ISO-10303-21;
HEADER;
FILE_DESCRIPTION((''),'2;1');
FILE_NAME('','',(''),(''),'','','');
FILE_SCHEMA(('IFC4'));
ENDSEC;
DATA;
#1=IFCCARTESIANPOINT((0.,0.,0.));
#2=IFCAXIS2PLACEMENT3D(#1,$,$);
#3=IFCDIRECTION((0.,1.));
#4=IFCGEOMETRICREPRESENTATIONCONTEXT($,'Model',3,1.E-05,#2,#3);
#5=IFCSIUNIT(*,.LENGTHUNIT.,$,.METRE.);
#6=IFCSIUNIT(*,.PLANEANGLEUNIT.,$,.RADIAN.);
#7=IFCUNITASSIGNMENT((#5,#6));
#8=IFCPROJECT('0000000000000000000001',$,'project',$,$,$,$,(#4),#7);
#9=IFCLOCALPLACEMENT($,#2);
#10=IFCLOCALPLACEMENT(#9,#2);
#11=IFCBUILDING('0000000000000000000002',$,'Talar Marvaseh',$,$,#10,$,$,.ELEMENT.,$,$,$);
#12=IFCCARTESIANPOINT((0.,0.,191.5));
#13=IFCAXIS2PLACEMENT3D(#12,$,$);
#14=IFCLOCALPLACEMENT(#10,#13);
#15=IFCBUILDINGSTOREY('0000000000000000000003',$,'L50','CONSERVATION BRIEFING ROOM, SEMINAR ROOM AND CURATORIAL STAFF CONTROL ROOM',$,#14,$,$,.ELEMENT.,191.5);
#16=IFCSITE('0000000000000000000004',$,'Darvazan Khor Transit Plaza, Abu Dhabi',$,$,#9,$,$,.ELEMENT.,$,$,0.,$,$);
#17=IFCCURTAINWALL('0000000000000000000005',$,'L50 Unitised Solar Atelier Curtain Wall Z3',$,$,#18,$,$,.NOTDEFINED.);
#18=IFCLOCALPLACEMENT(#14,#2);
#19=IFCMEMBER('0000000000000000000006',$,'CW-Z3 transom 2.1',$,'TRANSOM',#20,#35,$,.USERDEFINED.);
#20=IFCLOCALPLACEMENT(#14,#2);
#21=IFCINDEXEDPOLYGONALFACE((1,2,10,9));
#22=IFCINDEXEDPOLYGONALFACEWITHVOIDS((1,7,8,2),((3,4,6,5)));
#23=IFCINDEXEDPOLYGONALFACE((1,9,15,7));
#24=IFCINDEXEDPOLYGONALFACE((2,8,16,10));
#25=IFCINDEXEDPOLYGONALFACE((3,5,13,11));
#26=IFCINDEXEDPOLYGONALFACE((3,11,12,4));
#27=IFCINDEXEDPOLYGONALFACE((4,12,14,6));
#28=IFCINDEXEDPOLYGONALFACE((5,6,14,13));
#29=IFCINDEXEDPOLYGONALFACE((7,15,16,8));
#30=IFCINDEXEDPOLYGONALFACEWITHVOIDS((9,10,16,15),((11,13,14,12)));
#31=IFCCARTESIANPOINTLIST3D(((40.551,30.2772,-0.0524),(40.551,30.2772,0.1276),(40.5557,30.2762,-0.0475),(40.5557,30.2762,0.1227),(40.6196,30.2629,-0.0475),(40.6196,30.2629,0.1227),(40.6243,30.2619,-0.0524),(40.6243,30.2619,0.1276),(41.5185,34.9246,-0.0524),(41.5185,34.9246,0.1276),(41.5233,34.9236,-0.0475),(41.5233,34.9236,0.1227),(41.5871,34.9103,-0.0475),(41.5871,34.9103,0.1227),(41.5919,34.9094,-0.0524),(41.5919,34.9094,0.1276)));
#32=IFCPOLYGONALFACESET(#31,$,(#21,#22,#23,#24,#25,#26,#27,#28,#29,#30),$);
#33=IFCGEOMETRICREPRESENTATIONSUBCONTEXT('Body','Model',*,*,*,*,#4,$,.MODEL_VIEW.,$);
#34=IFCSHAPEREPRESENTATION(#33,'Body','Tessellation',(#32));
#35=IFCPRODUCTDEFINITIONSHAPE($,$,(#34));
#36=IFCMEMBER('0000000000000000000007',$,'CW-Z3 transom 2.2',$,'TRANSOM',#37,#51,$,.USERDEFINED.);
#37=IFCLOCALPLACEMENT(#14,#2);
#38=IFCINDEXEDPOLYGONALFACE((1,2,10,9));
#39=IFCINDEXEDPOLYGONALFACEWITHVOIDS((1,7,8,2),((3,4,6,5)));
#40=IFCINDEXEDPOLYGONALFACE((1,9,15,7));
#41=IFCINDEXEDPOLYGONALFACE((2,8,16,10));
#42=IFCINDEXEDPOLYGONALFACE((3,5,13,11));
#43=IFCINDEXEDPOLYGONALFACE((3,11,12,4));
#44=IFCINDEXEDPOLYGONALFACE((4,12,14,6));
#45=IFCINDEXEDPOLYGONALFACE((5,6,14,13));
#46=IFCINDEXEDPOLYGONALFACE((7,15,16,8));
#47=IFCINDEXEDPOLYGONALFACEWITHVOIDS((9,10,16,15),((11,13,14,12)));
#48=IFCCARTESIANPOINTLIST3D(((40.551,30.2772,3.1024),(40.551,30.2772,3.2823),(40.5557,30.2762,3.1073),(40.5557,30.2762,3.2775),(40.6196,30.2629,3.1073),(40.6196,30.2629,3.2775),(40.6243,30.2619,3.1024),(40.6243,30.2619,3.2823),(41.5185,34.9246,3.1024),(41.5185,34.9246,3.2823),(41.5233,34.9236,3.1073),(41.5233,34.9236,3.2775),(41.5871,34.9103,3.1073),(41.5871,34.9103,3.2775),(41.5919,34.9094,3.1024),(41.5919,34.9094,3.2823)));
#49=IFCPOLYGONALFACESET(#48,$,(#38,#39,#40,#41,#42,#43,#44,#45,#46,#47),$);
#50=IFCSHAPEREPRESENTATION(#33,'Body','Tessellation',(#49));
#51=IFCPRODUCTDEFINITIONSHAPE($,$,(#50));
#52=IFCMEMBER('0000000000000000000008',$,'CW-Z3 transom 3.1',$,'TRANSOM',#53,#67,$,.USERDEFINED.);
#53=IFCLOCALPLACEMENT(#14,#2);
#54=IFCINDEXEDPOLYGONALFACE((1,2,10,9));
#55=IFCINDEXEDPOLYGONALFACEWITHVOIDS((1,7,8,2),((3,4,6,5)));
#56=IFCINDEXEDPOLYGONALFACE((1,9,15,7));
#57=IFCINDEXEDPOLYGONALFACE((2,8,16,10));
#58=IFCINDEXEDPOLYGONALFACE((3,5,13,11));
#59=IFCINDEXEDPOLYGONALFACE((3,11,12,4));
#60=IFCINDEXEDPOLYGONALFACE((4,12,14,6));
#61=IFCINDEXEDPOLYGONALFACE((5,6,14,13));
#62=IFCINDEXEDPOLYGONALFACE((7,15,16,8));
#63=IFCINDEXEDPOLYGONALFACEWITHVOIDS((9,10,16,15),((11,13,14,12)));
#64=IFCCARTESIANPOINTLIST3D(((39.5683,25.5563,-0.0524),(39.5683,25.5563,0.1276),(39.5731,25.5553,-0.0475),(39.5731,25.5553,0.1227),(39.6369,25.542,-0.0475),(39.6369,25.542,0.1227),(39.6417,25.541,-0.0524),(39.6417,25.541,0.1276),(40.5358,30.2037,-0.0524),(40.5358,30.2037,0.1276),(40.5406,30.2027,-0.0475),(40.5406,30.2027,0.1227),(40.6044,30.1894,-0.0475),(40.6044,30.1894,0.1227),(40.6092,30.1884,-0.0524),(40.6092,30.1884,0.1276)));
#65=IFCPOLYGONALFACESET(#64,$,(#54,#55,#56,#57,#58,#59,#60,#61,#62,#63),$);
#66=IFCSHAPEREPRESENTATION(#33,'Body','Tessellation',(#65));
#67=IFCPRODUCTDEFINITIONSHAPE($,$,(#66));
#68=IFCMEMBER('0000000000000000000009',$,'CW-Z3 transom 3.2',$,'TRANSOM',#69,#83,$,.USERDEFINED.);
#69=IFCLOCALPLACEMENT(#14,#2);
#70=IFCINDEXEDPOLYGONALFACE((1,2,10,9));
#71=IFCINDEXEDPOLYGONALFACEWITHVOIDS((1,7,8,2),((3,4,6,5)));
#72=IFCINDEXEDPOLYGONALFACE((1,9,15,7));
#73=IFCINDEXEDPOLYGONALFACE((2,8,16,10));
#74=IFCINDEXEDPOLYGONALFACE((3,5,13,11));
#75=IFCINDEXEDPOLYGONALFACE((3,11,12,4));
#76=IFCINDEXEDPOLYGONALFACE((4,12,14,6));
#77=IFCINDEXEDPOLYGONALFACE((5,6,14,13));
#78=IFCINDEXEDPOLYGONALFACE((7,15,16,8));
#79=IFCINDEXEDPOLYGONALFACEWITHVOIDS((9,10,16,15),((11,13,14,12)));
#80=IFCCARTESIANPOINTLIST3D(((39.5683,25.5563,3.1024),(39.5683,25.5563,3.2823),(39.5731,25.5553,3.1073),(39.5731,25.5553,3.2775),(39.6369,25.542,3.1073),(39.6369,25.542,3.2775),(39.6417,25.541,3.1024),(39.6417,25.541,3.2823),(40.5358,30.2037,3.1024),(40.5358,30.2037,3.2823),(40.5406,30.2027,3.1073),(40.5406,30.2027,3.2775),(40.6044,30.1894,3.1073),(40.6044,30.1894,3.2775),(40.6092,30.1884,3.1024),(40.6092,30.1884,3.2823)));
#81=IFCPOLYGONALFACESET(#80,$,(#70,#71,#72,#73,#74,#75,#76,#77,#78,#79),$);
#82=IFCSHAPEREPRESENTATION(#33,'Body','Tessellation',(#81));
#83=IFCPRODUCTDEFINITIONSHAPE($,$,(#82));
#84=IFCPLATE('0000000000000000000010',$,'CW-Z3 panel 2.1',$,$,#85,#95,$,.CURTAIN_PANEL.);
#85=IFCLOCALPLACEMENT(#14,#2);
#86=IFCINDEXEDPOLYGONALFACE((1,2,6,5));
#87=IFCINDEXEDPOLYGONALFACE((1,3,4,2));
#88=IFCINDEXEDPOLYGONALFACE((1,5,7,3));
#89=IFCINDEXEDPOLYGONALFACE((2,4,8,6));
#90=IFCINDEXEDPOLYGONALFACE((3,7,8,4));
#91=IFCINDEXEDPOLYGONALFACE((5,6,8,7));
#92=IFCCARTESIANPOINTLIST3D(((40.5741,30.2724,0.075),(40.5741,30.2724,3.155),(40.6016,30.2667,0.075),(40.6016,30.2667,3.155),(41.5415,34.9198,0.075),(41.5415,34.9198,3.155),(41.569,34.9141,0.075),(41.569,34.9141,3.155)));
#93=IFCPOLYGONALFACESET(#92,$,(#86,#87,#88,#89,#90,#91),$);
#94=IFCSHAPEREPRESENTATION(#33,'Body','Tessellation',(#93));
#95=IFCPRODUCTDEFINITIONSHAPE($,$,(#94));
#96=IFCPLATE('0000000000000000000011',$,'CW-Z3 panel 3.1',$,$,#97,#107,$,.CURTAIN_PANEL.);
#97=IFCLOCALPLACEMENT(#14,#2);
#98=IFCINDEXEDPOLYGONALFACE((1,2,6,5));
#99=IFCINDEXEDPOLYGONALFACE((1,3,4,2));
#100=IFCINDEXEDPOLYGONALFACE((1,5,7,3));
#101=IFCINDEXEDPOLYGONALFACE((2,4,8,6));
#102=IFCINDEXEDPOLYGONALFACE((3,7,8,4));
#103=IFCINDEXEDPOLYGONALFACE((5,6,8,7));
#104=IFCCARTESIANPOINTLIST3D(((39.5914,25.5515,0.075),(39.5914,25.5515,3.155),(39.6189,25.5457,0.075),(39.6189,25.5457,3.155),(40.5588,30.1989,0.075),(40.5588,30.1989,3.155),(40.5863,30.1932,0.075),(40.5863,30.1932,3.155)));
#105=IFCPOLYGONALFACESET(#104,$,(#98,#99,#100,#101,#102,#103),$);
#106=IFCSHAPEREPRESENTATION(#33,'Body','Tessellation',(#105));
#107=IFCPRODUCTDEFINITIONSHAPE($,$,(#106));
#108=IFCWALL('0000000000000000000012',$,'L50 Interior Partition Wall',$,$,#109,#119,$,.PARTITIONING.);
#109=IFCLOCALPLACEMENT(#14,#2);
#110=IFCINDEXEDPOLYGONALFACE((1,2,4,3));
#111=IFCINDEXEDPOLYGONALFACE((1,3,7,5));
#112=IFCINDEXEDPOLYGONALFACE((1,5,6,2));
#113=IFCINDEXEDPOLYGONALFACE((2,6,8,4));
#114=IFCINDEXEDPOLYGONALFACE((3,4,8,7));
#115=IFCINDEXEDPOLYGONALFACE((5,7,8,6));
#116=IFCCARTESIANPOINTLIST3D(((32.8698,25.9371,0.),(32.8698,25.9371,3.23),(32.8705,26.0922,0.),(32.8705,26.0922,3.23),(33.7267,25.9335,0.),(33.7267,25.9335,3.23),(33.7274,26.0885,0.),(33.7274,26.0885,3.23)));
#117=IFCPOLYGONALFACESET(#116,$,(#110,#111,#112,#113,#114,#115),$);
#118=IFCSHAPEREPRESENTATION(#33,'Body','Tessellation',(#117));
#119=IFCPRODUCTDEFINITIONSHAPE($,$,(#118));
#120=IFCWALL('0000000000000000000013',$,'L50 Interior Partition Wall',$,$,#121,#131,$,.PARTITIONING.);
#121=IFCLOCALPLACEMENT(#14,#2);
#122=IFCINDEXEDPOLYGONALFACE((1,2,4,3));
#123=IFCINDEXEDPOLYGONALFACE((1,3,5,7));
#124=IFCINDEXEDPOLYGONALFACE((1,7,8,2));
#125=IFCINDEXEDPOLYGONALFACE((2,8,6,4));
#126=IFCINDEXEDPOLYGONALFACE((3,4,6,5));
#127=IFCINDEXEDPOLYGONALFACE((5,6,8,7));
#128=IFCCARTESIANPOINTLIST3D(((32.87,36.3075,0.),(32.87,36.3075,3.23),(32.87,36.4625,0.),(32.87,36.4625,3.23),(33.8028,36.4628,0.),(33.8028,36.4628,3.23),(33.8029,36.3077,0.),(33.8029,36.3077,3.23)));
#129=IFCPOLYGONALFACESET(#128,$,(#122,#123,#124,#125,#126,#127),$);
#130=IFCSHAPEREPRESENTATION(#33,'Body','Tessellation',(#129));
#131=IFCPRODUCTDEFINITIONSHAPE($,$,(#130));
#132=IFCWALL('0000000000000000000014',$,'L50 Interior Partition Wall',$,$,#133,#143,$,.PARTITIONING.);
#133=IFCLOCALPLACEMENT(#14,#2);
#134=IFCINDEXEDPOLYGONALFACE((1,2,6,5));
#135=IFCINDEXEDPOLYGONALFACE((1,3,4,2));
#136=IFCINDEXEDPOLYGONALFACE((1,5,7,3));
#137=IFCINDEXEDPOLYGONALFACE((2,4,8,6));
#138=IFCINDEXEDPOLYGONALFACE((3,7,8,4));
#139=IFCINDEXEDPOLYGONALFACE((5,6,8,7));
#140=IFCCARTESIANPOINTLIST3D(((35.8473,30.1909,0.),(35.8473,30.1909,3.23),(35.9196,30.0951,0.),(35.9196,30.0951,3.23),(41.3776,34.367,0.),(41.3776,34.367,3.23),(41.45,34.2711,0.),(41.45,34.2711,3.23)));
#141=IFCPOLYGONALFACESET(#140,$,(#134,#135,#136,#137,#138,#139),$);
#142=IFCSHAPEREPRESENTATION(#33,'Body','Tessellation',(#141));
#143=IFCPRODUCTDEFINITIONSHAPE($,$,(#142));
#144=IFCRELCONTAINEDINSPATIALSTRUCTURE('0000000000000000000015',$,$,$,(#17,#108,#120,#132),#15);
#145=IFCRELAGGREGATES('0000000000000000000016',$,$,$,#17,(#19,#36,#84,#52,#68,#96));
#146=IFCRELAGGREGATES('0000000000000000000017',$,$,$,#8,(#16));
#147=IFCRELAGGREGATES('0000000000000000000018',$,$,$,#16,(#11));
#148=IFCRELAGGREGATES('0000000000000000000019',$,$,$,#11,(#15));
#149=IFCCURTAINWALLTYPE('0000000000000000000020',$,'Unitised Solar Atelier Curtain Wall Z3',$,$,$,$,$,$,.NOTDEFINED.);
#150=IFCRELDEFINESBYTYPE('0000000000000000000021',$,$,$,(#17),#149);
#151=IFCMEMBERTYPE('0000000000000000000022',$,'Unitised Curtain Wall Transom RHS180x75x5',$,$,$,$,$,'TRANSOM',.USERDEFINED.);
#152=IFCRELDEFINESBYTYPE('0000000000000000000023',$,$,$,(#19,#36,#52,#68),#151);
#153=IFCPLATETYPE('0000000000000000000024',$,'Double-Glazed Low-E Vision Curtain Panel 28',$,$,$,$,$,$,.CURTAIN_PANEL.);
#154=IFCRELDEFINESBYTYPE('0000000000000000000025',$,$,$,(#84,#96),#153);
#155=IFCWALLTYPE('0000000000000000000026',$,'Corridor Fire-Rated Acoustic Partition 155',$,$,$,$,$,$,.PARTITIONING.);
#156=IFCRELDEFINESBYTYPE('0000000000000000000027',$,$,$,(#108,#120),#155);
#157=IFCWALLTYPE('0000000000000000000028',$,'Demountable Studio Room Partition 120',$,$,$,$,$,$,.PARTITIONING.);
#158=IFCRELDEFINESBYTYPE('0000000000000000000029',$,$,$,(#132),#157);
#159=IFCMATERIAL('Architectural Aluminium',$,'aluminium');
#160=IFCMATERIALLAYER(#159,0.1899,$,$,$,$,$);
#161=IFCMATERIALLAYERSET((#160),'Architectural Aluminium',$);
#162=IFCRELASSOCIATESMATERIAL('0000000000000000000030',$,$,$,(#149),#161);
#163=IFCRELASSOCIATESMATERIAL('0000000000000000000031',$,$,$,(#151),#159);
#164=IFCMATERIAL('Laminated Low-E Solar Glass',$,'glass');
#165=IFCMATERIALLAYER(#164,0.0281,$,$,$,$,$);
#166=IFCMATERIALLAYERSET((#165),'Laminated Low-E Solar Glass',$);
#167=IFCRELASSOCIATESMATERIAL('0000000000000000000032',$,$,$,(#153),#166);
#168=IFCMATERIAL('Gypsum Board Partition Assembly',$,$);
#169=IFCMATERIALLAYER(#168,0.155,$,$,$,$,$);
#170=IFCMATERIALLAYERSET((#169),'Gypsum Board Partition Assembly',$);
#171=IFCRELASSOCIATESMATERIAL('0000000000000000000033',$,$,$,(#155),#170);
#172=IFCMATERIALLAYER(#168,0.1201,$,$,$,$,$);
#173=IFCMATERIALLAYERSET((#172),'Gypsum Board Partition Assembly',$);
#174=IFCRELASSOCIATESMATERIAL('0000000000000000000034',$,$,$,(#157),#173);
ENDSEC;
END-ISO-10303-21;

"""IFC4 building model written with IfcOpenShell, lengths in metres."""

from ifc_helpers import new_model, si_unit, direction, frame, frame_2d, origin, origin_2d, place, context, subcontext, project, spatial, rectangle, hollow_rectangle, extrude, source, transform, mapped, material, layer, layer_set, material_profile, profile_set, type_object, type_shapes, element, aggregate, save


model = new_model("IFC4")

# Units and contexts
model_context = context("Model", 3, precision=1e-05, world=origin(), true_north=direction((0.0, 1.0)))
body_context = subcontext(model_context, "Body", "Model", "MODEL_VIEW")
ifc_project = project(units=[si_unit("LENGTHUNIT", "METRE"), si_unit("PLANEANGLEUNIT", "RADIAN")], contexts=[model_context])

# Site, building, storey
site_placement = place(None, origin())
site = spatial("IfcSite", under=ifc_project, at=site_placement, Name="Darvazan Khor Transit Plaza, Abu Dhabi", CompositionType="ELEMENT", RefElevation=0.0)
building_placement = place(site_placement, origin())
building = spatial("IfcBuilding", under=site, at=building_placement, Name="Talar Marvaseh", CompositionType="ELEMENT")
storey_placement = place(building_placement, frame((0.0, 0.0, 191.5)))
storey = spatial("IfcBuildingStorey", under=building, at=storey_placement, Name="L50", Description="CONSERVATION BRIEFING ROOM, SEMINAR ROOM AND CURATORIAL STAFF CONTROL ROOM", CompositionType="ELEMENT", Elevation=191.5)

# Curtain wall, members, plates
ifc_material_1 = material(Name="Architectural Aluminium", Category="aluminium")
ifc_layer_1 = layer(ifc_material_1, 0.1899)
ifc_layer_set_1 = layer_set([ifc_layer_1], Name="Architectural Aluminium")
curtain_wall_type = type_object("IfcCurtainWallType", Name="Unitised Solar Atelier Curtain Wall Z3", PredefinedType="NOTDEFINED", material=ifc_layer_set_1)
curtain_wall_placement = place(storey_placement, origin())
curtain_wall = element("IfcCurtainWall", 1, at=curtain_wall_placement, inside=storey, type_object=curtain_wall_type, Name="L50 Unitised Solar Atelier Curtain Wall Z3", PredefinedType="NOTDEFINED")
ifc_material_profile_1 = material_profile(ifc_material_1, hollow_rectangle(XDim=0.075, YDim=0.1799, WallThickness=0.0049, at=origin_2d()), Name="RHS180x75x5")
ifc_profile_set_1 = profile_set([ifc_material_profile_1], Name="Architectural Aluminium")
member_type_1 = type_object("IfcMemberType", Name="Unitised Curtain Wall Transom RHS180x75x5", ElementType="TRANSOM", PredefinedType="USERDEFINED", material=ifc_profile_set_1)
shared_shape_1 = source(origin(), body_context, "Body", "SweptSolid", [
    extrude(hollow_rectangle(XDim=0.075, YDim=0.1799, WallThickness=0.0049, at=origin_2d()), origin(), (0.0, 0.0, 1.0), 4.7471),
])
type_shapes(member_type_1, [shared_shape_1])
member_1_placement = place(storey_placement, frame((41.5552, 34.917, 0.0376), z_axis=(-0.203815, -0.97901, 0.0), x_axis=(0.97901, -0.203815, 0.0)))
member_1 = element("IfcMember", 2, at=member_1_placement, type_object=member_type_1, Name="CW-Z3 transom 2.1", ObjectType="TRANSOM", PredefinedType="USERDEFINED", context=body_context, shape_type="MappedRepresentation", body=[
    mapped(shared_shape_1, transform((0.0, 0.0, 0.0), x_axis=(1.0, 0.0, 0.0), y_axis=(0.0, 1.0, 0.0), z_axis=(0.0, 0.0, 1.0), scale=1.0)),
])
member_2_placement = place(storey_placement, frame((41.5552, 34.917, 3.1924), z_axis=(-0.203815, -0.97901, 0.0), x_axis=(0.97901, -0.203815, 0.0)))
member_2 = element("IfcMember", 3, at=member_2_placement, type_object=member_type_1, Name="CW-Z3 transom 2.2", ObjectType="TRANSOM", PredefinedType="USERDEFINED", context=body_context, shape_type="MappedRepresentation", body=[
    mapped(shared_shape_1, transform((0.0, 0.0, 0.0), x_axis=(1.0, 0.0, 0.0), y_axis=(0.0, 1.0, 0.0), z_axis=(0.0, 0.0, 1.0), scale=1.0)),
])
member_3_placement = place(storey_placement, frame((40.5725, 30.196, 0.0376), z_axis=(-0.203815, -0.97901, 0.0), x_axis=(0.97901, -0.203815, 0.0)))
member_3 = element("IfcMember", 4, at=member_3_placement, type_object=member_type_1, Name="CW-Z3 transom 3.1", ObjectType="TRANSOM", PredefinedType="USERDEFINED", context=body_context, shape_type="MappedRepresentation", body=[
    mapped(shared_shape_1, transform((0.0, 0.0, 0.0), x_axis=(1.0, 0.0, 0.0), y_axis=(0.0, 1.0, 0.0), z_axis=(0.0, 0.0, 1.0), scale=1.0)),
])
member_4_placement = place(storey_placement, frame((40.5725, 30.196, 3.1924), z_axis=(-0.203815, -0.97901, 0.0), x_axis=(0.97901, -0.203815, 0.0)))
member_4 = element("IfcMember", 5, at=member_4_placement, type_object=member_type_1, Name="CW-Z3 transom 3.2", ObjectType="TRANSOM", PredefinedType="USERDEFINED", context=body_context, shape_type="MappedRepresentation", body=[
    mapped(shared_shape_1, transform((0.0, 0.0, 0.0), x_axis=(1.0, 0.0, 0.0), y_axis=(0.0, 1.0, 0.0), z_axis=(0.0, 0.0, 1.0), scale=1.0)),
])
ifc_material_2 = material(Name="Laminated Low-E Solar Glass", Category="glass")
ifc_layer_2 = layer(ifc_material_2, 0.0281)
ifc_layer_set_2 = layer_set([ifc_layer_2], Name="Laminated Low-E Solar Glass")
plate_type = type_object("IfcPlateType", Name="Double-Glazed Low-E Vision Curtain Panel 28", PredefinedType="CURTAIN_PANEL", material=ifc_layer_set_2)
shared_shape_2 = source(origin(), body_context, "Body", "SweptSolid", [
    extrude(rectangle(XDim=4.7471, YDim=0.0281, at=origin_2d()), origin(), (0.0, 0.0, 1.0), 3.0801),
])
type_shapes(plate_type, [shared_shape_2])
plate_1_placement = place(storey_placement, frame((41.0715, 32.5933, 0.075), z_axis=(0.0, 0.0, 1.0), x_axis=(-0.203793, -0.979014, 0.0)))
plate_1 = element("IfcPlate", 6, at=plate_1_placement, type_object=plate_type, Name="CW-Z3 panel 2.1", PredefinedType="CURTAIN_PANEL", context=body_context, shape_type="MappedRepresentation", body=[
    mapped(shared_shape_2, transform((0.0, 0.0, 0.0), x_axis=(1.0, 0.0, 0.0), y_axis=(0.0, 1.0, 0.0), z_axis=(0.0, 0.0, 1.0), scale=1.0)),
])
plate_2_placement = place(storey_placement, frame((40.0889, 27.8723, 0.075), z_axis=(0.0, 0.0, 1.0), x_axis=(-0.203793, -0.979014, 0.0)))
plate_2 = element("IfcPlate", 7, at=plate_2_placement, type_object=plate_type, Name="CW-Z3 panel 3.1", PredefinedType="CURTAIN_PANEL", context=body_context, shape_type="MappedRepresentation", body=[
    mapped(shared_shape_2, transform((0.0, 0.0, 0.0), x_axis=(1.0, 0.0, 0.0), y_axis=(0.0, 1.0, 0.0), z_axis=(0.0, 0.0, 1.0), scale=1.0)),
])
aggregate(curtain_wall, [member_1, member_2, plate_1, member_3, member_4, plate_2])

# Walls
ifc_material_3 = material(Name="Gypsum Board Partition Assembly")
ifc_layer_3 = layer(ifc_material_3, 0.155)
ifc_layer_set_3 = layer_set([ifc_layer_3], Name="Gypsum Board Partition Assembly")
wall_type_1 = type_object("IfcWallType", Name="Corridor Fire-Rated Acoustic Partition 155", PredefinedType="PARTITIONING", material=ifc_layer_set_3)
wall_1_placement = place(storey_placement, frame((33.7271, 26.011, 0.0), z_axis=(0.0, 0.0, 1.0), x_axis=(-0.999991, 0.004273, 0.0)))
element("IfcWall", 8, at=wall_1_placement, inside=storey, type_object=wall_type_1, Name="L50 Interior Partition Wall", PredefinedType="PARTITIONING", context=body_context, shape_type="SweptSolid", body=[
    extrude(rectangle(XDim=0.8569, YDim=0.155, at=frame_2d((0.4285, 0.0))), origin(), (0.0, 0.0, 1.0), 3.23),
])
wall_2_placement = place(storey_placement, frame((32.8701, 36.385, 0.0), z_axis=(0.0, 0.0, 1.0), x_axis=(1.0, 0.000262, 0.0)))
element("IfcWall", 9, at=wall_2_placement, inside=storey, type_object=wall_type_1, Name="L50 Interior Partition Wall", PredefinedType="PARTITIONING", context=body_context, shape_type="SweptSolid", body=[
    extrude(rectangle(XDim=0.9329, YDim=0.155, at=frame_2d((0.4663, 0.0))), origin(), (0.0, 0.0, 1.0), 3.23),
])
ifc_layer_4 = layer(ifc_material_3, 0.1201)
ifc_layer_set_4 = layer_set([ifc_layer_4], Name="Gypsum Board Partition Assembly")
wall_type_2 = type_object("IfcWallType", Name="Demountable Studio Room Partition 120", PredefinedType="PARTITIONING", material=ifc_layer_set_4)
wall_3_placement = place(storey_placement, frame((35.8835, 30.1431, 0.0), z_axis=(0.0, 0.0, 1.0), x_axis=(0.798034, 0.602612, 0.0)))
element("IfcWall", 10, at=wall_3_placement, inside=storey, type_object=wall_type_2, Name="L50 Interior Partition Wall", PredefinedType="PARTITIONING", context=body_context, shape_type="SweptSolid", body=[
    extrude(rectangle(XDim=6.9299, YDim=0.1201, at=frame_2d((3.4648, 0.0))), origin(), (0.0, 0.0, 1.0), 3.23),
])

save(model, "model.ifc")
